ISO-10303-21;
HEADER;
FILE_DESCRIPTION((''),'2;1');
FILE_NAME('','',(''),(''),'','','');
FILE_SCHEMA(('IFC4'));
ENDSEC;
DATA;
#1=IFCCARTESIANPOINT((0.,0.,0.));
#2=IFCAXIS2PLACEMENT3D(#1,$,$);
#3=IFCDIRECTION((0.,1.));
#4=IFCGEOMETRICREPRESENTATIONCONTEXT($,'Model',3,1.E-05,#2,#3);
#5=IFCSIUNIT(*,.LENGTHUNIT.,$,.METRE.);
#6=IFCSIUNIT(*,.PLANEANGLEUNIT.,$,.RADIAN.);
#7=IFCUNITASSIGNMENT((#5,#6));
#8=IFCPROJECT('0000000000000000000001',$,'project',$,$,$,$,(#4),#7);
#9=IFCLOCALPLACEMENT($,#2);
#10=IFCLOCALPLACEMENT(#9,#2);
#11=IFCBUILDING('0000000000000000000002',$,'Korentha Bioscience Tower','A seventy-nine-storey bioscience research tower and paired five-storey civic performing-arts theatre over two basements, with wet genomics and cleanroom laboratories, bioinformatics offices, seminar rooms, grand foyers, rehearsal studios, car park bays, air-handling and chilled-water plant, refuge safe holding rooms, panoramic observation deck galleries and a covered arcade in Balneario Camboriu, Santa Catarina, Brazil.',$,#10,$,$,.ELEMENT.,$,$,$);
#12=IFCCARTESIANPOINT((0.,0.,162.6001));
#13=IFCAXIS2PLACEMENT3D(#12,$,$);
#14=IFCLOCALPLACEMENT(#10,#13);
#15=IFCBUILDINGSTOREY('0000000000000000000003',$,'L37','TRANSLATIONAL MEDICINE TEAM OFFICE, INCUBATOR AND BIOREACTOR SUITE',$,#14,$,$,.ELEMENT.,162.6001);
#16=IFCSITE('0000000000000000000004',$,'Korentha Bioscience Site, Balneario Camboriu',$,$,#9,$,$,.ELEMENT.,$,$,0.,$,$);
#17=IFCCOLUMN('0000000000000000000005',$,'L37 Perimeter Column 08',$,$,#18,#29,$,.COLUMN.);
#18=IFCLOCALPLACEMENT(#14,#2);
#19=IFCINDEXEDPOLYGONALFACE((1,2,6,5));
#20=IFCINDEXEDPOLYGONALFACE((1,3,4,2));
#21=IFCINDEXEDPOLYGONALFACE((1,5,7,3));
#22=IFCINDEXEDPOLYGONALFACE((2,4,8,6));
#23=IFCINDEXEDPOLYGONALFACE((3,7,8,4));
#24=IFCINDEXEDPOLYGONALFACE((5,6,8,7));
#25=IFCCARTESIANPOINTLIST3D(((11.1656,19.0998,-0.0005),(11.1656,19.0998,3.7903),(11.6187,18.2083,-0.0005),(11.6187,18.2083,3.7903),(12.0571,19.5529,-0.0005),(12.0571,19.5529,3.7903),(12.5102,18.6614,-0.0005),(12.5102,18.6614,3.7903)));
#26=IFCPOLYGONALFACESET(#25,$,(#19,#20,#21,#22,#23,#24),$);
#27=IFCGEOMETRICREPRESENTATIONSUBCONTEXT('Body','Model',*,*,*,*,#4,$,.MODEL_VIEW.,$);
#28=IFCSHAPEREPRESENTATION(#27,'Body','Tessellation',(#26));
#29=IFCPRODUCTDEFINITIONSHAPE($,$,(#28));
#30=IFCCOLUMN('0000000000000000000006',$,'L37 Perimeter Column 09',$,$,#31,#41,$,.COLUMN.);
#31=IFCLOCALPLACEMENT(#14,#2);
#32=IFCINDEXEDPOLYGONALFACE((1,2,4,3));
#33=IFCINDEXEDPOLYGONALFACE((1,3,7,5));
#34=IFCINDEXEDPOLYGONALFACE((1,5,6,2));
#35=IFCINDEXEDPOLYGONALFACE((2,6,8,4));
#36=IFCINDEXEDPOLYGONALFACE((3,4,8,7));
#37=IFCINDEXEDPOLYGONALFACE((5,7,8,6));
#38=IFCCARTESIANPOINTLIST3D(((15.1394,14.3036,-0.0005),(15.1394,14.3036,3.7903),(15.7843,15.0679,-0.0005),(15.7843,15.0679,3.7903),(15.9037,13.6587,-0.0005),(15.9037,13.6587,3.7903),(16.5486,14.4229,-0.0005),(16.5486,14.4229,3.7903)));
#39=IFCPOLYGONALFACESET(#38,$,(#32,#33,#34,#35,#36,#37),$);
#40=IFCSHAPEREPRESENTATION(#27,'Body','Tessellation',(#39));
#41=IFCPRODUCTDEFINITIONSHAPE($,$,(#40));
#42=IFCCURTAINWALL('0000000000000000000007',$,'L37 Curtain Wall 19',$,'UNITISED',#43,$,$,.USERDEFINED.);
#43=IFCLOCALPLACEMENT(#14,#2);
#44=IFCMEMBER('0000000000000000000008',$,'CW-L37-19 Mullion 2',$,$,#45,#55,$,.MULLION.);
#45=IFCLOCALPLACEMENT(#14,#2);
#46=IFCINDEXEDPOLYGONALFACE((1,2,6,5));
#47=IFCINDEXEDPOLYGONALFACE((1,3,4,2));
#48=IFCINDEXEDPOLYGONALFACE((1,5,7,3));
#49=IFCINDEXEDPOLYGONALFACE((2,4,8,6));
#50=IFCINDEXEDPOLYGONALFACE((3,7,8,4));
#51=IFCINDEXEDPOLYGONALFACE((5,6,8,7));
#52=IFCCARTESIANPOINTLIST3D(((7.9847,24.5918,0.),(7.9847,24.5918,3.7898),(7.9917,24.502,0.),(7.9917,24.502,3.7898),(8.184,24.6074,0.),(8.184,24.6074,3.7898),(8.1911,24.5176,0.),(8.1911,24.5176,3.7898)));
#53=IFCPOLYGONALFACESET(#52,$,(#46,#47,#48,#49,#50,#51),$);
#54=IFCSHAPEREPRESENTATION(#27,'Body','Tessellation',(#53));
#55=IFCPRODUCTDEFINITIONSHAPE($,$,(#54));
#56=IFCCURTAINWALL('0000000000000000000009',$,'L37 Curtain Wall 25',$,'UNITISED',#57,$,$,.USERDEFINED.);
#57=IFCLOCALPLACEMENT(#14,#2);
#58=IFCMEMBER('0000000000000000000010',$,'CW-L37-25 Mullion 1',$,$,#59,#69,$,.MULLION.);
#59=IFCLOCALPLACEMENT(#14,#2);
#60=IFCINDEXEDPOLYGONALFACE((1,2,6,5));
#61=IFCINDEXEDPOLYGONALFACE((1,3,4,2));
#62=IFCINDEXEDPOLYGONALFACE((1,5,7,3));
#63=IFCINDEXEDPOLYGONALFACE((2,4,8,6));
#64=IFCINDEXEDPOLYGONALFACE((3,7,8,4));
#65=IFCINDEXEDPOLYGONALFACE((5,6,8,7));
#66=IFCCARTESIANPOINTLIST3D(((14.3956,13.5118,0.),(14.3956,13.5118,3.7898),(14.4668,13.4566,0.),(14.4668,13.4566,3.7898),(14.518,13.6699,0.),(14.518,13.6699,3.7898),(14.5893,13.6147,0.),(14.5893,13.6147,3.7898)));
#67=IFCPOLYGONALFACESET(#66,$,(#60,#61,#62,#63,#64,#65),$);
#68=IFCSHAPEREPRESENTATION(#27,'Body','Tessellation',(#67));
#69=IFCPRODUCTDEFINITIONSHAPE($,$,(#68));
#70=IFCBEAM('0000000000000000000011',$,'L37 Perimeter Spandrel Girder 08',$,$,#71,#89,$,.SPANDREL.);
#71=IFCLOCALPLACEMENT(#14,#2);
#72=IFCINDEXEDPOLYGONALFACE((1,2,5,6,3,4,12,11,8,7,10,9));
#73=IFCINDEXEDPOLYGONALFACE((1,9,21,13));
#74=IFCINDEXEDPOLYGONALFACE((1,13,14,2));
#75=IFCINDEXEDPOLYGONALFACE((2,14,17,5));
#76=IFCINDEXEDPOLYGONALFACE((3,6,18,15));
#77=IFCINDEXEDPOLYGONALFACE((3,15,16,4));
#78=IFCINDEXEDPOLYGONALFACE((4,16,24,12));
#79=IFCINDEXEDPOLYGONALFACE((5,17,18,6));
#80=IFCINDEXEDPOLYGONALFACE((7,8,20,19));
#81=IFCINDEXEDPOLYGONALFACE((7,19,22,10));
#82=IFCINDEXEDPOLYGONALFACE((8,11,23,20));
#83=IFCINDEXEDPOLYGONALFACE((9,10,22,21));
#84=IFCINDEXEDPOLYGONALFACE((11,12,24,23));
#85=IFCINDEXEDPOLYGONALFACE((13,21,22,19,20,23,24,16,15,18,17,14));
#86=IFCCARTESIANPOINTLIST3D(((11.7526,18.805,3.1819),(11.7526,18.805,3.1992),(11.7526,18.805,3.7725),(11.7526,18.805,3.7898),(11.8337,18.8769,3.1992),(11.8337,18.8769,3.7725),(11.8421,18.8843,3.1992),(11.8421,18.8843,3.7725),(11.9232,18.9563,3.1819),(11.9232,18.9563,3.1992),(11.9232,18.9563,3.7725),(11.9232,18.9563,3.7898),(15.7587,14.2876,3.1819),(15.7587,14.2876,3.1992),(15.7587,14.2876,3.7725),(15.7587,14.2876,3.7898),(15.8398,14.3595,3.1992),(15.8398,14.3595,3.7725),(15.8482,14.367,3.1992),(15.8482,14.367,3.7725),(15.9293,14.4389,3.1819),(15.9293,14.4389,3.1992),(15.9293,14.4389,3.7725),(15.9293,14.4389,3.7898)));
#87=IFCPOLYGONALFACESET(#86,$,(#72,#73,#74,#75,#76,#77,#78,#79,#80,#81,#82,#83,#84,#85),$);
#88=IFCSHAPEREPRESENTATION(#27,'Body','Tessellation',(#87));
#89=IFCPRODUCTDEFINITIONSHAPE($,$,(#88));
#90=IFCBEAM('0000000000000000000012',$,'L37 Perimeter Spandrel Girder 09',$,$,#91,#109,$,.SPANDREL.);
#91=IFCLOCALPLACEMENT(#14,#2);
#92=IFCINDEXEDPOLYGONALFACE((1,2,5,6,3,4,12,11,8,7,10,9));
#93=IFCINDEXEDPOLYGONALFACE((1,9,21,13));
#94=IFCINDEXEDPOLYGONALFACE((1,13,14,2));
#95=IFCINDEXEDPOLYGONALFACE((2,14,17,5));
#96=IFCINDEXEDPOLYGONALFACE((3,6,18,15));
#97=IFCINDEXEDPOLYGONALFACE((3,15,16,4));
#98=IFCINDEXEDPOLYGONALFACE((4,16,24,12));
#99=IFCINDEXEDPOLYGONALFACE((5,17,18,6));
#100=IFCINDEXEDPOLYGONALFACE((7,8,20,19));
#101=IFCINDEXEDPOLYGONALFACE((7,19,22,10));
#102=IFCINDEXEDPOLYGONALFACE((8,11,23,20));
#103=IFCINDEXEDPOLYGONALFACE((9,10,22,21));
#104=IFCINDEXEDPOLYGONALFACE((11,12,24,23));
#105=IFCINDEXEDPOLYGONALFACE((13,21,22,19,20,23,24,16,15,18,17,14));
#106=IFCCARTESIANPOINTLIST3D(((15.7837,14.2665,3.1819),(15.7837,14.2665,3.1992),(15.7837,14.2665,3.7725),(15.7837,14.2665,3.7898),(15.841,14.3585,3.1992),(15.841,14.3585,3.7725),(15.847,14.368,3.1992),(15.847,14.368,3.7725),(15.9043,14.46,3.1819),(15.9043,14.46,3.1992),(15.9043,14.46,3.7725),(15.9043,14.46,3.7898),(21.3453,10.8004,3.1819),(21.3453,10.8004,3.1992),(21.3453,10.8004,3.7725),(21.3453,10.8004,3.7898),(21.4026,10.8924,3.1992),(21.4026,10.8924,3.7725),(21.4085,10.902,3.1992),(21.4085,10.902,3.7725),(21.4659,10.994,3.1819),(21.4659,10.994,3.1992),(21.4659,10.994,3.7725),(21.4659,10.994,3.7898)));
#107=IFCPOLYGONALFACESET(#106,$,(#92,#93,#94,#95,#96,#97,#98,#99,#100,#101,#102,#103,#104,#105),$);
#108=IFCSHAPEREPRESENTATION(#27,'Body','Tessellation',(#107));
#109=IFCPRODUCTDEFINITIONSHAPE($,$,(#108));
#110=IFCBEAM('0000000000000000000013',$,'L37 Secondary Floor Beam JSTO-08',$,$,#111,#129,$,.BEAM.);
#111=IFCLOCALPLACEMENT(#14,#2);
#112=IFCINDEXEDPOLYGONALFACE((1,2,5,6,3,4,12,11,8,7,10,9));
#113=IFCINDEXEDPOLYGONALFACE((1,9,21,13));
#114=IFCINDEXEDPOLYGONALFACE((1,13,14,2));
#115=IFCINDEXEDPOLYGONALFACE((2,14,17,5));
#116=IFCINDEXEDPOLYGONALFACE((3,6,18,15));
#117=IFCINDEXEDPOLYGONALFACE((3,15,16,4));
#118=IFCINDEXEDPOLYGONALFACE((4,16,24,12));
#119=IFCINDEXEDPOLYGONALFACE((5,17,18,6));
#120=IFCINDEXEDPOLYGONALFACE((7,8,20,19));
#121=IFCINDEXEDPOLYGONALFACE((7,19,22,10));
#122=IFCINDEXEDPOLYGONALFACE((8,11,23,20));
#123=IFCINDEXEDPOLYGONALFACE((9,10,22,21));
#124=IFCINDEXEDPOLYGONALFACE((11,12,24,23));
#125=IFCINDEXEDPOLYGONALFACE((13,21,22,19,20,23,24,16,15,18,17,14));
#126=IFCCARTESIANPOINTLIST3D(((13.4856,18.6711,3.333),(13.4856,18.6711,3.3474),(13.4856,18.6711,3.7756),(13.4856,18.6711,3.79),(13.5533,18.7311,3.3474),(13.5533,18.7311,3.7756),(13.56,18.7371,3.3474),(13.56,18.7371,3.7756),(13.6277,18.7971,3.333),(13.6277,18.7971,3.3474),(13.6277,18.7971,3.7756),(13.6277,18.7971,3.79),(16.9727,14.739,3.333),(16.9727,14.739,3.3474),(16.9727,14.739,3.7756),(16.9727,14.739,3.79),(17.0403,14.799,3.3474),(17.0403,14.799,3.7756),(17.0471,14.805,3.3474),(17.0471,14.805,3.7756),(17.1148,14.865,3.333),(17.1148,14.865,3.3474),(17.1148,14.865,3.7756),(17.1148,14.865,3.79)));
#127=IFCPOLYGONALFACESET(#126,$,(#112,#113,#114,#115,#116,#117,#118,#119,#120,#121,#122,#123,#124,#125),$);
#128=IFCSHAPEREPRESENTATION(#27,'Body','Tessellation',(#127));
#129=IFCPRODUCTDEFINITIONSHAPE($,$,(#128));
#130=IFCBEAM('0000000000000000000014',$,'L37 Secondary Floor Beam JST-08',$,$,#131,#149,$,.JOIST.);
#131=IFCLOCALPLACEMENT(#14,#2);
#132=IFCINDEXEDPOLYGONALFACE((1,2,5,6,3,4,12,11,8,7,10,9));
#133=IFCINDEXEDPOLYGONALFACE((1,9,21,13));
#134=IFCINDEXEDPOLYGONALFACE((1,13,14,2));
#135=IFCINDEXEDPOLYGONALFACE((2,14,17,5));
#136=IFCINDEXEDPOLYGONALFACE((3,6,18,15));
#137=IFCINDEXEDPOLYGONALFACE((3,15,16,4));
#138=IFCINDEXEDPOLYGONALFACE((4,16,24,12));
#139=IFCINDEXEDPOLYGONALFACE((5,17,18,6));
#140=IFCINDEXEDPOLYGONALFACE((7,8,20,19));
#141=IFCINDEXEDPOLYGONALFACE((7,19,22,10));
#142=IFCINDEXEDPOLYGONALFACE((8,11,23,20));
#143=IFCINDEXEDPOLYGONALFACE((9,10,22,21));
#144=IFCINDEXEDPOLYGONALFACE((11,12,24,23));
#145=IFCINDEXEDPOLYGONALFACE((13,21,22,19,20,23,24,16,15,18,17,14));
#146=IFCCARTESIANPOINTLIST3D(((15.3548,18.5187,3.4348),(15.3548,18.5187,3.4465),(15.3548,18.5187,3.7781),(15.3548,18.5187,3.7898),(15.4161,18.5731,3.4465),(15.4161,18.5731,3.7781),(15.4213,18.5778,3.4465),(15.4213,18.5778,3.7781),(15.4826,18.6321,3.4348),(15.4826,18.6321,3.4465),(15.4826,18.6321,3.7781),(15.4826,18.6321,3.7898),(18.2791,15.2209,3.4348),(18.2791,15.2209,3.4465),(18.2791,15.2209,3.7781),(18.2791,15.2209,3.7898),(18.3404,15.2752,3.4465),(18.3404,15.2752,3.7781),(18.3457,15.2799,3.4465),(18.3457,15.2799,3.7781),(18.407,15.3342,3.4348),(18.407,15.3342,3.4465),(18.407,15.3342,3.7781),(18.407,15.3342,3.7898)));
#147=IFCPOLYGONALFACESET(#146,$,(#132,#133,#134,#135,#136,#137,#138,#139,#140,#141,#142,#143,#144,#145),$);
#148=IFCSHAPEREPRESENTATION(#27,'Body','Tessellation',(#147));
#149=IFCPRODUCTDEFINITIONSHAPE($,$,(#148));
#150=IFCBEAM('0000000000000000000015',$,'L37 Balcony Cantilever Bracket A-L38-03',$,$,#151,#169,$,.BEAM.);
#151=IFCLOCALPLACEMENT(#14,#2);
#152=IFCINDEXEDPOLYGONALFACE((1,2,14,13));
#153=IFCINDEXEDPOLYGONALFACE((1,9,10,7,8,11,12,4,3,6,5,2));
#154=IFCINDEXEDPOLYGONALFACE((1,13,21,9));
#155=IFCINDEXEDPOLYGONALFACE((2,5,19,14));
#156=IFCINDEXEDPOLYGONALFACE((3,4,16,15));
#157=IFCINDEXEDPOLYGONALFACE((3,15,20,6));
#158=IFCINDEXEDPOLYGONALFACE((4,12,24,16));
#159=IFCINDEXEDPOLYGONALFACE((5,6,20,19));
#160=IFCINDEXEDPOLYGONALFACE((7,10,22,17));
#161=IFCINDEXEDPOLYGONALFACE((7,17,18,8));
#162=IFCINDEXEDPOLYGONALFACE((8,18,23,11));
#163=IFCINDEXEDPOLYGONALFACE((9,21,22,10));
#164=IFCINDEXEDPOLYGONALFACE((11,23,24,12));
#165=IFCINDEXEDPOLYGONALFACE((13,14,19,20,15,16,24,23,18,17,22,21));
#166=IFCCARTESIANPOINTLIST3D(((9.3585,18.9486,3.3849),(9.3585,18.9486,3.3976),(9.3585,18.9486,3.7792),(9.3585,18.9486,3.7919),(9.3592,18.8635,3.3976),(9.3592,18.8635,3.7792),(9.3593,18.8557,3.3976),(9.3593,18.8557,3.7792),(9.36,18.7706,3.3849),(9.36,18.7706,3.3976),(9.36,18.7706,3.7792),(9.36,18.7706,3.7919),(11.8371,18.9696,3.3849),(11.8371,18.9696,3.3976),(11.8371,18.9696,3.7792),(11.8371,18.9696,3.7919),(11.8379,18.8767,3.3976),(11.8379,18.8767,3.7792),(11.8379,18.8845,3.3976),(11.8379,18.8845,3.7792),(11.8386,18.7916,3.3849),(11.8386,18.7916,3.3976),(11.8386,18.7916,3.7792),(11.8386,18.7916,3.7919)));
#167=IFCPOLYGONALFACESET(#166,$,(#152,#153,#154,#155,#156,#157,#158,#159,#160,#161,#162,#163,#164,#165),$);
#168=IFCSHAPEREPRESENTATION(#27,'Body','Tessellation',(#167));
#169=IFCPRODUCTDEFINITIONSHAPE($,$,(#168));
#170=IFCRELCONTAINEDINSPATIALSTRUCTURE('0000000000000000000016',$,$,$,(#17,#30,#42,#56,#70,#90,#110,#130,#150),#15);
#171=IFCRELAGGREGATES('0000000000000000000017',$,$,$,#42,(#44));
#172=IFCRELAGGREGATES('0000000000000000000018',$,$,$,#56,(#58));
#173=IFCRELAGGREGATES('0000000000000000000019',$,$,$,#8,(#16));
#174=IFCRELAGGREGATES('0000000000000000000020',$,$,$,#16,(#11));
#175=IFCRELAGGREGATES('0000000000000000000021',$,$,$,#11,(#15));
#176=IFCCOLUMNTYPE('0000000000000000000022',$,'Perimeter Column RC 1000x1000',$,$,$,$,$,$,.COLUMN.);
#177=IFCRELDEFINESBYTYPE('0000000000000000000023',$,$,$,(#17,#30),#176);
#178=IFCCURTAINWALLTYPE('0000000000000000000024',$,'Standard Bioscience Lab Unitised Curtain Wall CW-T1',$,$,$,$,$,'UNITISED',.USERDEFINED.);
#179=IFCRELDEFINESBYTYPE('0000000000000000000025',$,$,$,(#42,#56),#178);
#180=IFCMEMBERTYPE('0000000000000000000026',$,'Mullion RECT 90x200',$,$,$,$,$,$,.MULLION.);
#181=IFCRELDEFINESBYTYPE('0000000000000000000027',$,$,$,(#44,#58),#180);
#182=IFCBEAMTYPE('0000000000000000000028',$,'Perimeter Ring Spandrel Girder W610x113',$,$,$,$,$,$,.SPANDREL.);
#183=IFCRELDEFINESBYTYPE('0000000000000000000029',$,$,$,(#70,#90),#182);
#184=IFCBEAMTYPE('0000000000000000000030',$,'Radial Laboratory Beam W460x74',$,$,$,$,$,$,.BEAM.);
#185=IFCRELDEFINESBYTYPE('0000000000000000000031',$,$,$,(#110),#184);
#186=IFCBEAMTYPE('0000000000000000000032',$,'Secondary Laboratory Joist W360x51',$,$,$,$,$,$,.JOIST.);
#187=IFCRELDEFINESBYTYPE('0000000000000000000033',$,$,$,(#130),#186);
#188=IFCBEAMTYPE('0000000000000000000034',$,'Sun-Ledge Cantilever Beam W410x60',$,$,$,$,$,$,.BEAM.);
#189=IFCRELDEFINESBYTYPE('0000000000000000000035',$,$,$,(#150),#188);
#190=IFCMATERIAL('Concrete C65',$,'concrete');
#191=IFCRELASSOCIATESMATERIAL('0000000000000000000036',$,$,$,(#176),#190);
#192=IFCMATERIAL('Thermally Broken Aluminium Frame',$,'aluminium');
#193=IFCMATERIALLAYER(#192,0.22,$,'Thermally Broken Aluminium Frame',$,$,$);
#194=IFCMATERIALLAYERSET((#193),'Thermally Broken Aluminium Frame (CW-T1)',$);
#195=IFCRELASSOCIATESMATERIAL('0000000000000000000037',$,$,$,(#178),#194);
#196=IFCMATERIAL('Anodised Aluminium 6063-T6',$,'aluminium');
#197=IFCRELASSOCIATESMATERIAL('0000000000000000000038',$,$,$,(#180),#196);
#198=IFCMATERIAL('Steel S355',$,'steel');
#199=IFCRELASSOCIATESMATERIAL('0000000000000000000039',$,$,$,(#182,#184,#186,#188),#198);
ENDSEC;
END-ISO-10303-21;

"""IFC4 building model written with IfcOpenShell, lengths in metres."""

from ifc_helpers import new_model, si_unit, direction, frame, origin, origin_2d, place, context, subcontext, project, spatial, rectangle, i_section, extrude, material, layer, layer_set, material_profile, profile_set, type_object, element, aggregate, save


model = new_model("IFC4")

# Units and contexts
model_context = context("Model", 3, precision=1e-05, world=origin(), true_north=direction((0.0, 1.0)))
body_context = subcontext(model_context, "Body", "Model", "MODEL_VIEW")
ifc_project = project(units=[si_unit("LENGTHUNIT", "METRE"), si_unit("PLANEANGLEUNIT", "RADIAN")], contexts=[model_context])

# Site, building, storey
site_placement = place(None, origin())
site = spatial("IfcSite", under=ifc_project, at=site_placement, Name="Korentha Bioscience Site, Balneario Camboriu", CompositionType="ELEMENT", RefElevation=0.0)
building_placement = place(site_placement, origin())
building = spatial("IfcBuilding", under=site, at=building_placement, Name="Korentha Bioscience Tower", Description="A seventy-nine-storey bioscience research tower and paired five-storey civic performing-arts theatre over two basements, with wet genomics and cleanroom laboratories, bioinformatics offices, seminar rooms, grand foyers, rehearsal studios, car park bays, air-handling and chilled-water plant, refuge safe holding rooms, panoramic observation deck galleries and a covered arcade in Balneario Camboriu, Santa Catarina, Brazil.", CompositionType="ELEMENT")
storey_placement = place(building_placement, frame((0.0, 0.0, 162.6001)))
storey = spatial("IfcBuildingStorey", under=building, at=storey_placement, Name="L37", Description="TRANSLATIONAL MEDICINE TEAM OFFICE, INCUBATOR AND BIOREACTOR SUITE", CompositionType="ELEMENT", Elevation=162.6001)

# Columns
ifc_material_1 = material(Name="Concrete C65", Category="concrete")
ifc_material_profile_1 = material_profile(ifc_material_1, rectangle(XDim=1.0, YDim=1.0, at=origin_2d()), Name="Concrete C65")
ifc_profile_set_1 = profile_set([ifc_material_profile_1], Name="Concrete C65 (COL-P10)")
column_type = type_object("IfcColumnType", Name="Perimeter Column RC 1000x1000", PredefinedType="COLUMN", material=ifc_profile_set_1)
for number, where, z_axis, x_axis, name in (
    (1, (11.8379, 18.8806, -0.0005), (0.0, 0.0, 1.0), (-0.453057, 0.891481, 0.0), "L37 Perimeter Column 08"),
    (2, (15.844, 14.3633, -0.0005), (0.0, 0.0, 1.0), (-0.764246, 0.644924, 0.0), "L37 Perimeter Column 09"),
):
    element("IfcColumn", number, at=place(storey_placement, frame(where, z_axis=z_axis, x_axis=x_axis)), inside=storey, type_object=column_type, Name=name, PredefinedType="COLUMN", context=body_context, shape_type="SweptSolid", body=[
        extrude(rectangle(XDim=1.0, YDim=1.0, at=origin_2d()), origin(), (0.0, 0.0, 1.0), 3.7908),
    ])

# Curtain walls, members
ifc_material_2 = material(Name="Thermally Broken Aluminium Frame", Category="aluminium")
ifc_layer_1 = layer(ifc_material_2, 0.22, Name="Thermally Broken Aluminium Frame")
ifc_layer_set_1 = layer_set([ifc_layer_1], Name="Thermally Broken Aluminium Frame (CW-T1)")
curtain_wall_type = type_object("IfcCurtainWallType", Name="Standard Bioscience Lab Unitised Curtain Wall CW-T1", ElementType="UNITISED", PredefinedType="USERDEFINED", material=ifc_layer_set_1)
curtain_wall_1_placement = place(storey_placement, origin())
curtain_wall_1 = element("IfcCurtainWall", 3, at=curtain_wall_1_placement, inside=storey, type_object=curtain_wall_type, Name="L37 Curtain Wall 19", ObjectType="UNITISED", PredefinedType="USERDEFINED")
ifc_material_3 = material(Name="Anodised Aluminium 6063-T6", Category="aluminium")
ifc_material_profile_2 = material_profile(ifc_material_3, rectangle(XDim=0.0901, YDim=0.2, at=origin_2d()), Name="Anodised Aluminium 6063-T6")
ifc_profile_set_2 = profile_set([ifc_material_profile_2], Name="Anodised Aluminium 6063-T6 (CW-MUL)")
member_type_1 = type_object("IfcMemberType", Name="Mullion RECT 90x200", PredefinedType="MULLION", material=ifc_profile_set_2)
member_1_placement = place(storey_placement, frame((8.0879, 24.5547, 0.0), z_axis=(0.0, 0.0, 1.0), x_axis=(0.078031, -0.996951, 0.0)))
member_1 = element("IfcMember", 4, at=member_1_placement, type_object=member_type_1, Name="CW-L37-19 Mullion 2", PredefinedType="MULLION", context=body_context, shape_type="SweptSolid", body=[
    extrude(rectangle(XDim=0.0901, YDim=0.2, at=origin_2d()), origin(), (0.0, 0.0, 1.0), 3.7898),
])
aggregate(curtain_wall_1, [member_1])
curtain_wall_2_placement = place(storey_placement, origin())
curtain_wall_2 = element("IfcCurtainWall", 5, at=curtain_wall_2_placement, inside=storey, type_object=curtain_wall_type, Name="L37 Curtain Wall 25", ObjectType="UNITISED", PredefinedType="USERDEFINED")
member_2_placement = place(storey_placement, frame((14.4924, 13.5632, 0.0), z_axis=(0.0, 0.0, 1.0), x_axis=(0.790547, -0.612402, 0.0)))
member_2 = element("IfcMember", 6, at=member_2_placement, type_object=member_type_1, Name="CW-L37-25 Mullion 1", PredefinedType="MULLION", context=body_context, shape_type="SweptSolid", body=[
    extrude(rectangle(XDim=0.0901, YDim=0.2, at=origin_2d()), origin(), (0.0, 0.0, 1.0), 3.7898),
])

# Beams
ifc_material_4 = material(Name="Steel S355", Category="steel")
ifc_material_profile_3 = material_profile(ifc_material_4, i_section(OverallWidth=0.228, OverallDepth=0.6079, WebThickness=0.0112, FlangeThickness=0.0173, at=origin_2d()), Name="Steel S355")
ifc_profile_set_3 = profile_set([ifc_material_profile_3], Name="Steel S355 (SB-610)")
beam_type_1 = type_object("IfcBeamType", Name="Perimeter Ring Spandrel Girder W610x113", PredefinedType="SPANDREL", material=ifc_profile_set_3)
beam_1_placement = place(storey_placement, frame((11.8379, 18.8806, 3.4858), z_axis=(0.663503, -0.748174, 0.0), x_axis=(0.748174, 0.663503, 0.0)))
element("IfcBeam", 7, at=beam_1_placement, inside=storey, type_object=beam_type_1, Name="L37 Perimeter Spandrel Girder 08", PredefinedType="SPANDREL", context=body_context, shape_type="SweptSolid", body=[
    extrude(i_section(OverallWidth=0.228, OverallDepth=0.6079, WebThickness=0.0112, FlangeThickness=0.0173, at=origin_2d()), origin(), (0.0, 0.0, 1.0), 6.0378),
])
beam_2_placement = place(storey_placement, frame((15.844, 14.3633, 3.4858), z_axis=(0.848676, -0.528913, 0.0), x_axis=(0.528913, 0.848676, 0.0)))
element("IfcBeam", 8, at=beam_2_placement, inside=storey, type_object=beam_type_1, Name="L37 Perimeter Spandrel Girder 09", PredefinedType="SPANDREL", context=body_context, shape_type="SweptSolid", body=[
    extrude(i_section(OverallWidth=0.228, OverallDepth=0.6079, WebThickness=0.0112, FlangeThickness=0.0173, at=origin_2d()), origin(), (0.0, 0.0, 1.0), 6.5532),
])
ifc_material_profile_4 = material_profile(ifc_material_4, i_section(OverallWidth=0.1899, OverallDepth=0.457, WebThickness=0.009, FlangeThickness=0.0144, at=origin_2d()), Name="Steel S355")
ifc_profile_set_4 = profile_set([ifc_material_profile_4], Name="Steel S355 (RB-460)")
beam_type_2 = type_object("IfcBeamType", Name="Radial Laboratory Beam W460x74", PredefinedType="BEAM", material=ifc_profile_set_4)
beam_3_placement = place(storey_placement, frame((13.5566, 18.7341, 3.5615), z_axis=(0.663496, -0.74818, 0.0), x_axis=(0.74818, 0.663496, 0.0)))
element("IfcBeam", 9, at=beam_3_placement, inside=storey, type_object=beam_type_2, Name="L37 Secondary Floor Beam JSTO-08", PredefinedType="BEAM", context=body_context, shape_type="SweptSolid", body=[
    extrude(i_section(OverallWidth=0.1899, OverallDepth=0.457, WebThickness=0.009, FlangeThickness=0.0144, at=origin_2d()), origin(), (0.0, 0.0, 1.0), 5.2556),
])
ifc_material_profile_5 = material_profile(ifc_material_4, i_section(OverallWidth=0.1709, OverallDepth=0.355, WebThickness=0.0071, FlangeThickness=0.0117, at=origin_2d()), Name="Steel S355")
ifc_profile_set_5 = profile_set([ifc_material_profile_5], Name="Steel S355 (JB-360)")
beam_type_3 = type_object("IfcBeamType", Name="Secondary Laboratory Joist W360x51", PredefinedType="JOIST", material=ifc_profile_set_5)
beam_4_placement = place(storey_placement, frame((15.4187, 18.5754, 3.6123), z_axis=(0.663463, -0.748209, 0.0), x_axis=(0.748209, 0.663463, 0.0)))
element("IfcBeam", 10, at=beam_4_placement, inside=storey, type_object=beam_type_3, Name="L37 Secondary Floor Beam JST-08", PredefinedType="JOIST", context=body_context, shape_type="SweptSolid", body=[
    extrude(i_section(OverallWidth=0.1709, OverallDepth=0.355, WebThickness=0.0071, FlangeThickness=0.0117, at=origin_2d()), origin(), (0.0, 0.0, 1.0), 4.4077),
])
ifc_material_profile_6 = material_profile(ifc_material_4, i_section(OverallWidth=0.178, OverallDepth=0.407, WebThickness=0.0078, FlangeThickness=0.0127, at=origin_2d()), Name="Steel S355")
ifc_profile_set_6 = profile_set([ifc_material_profile_6], Name="Steel S355 (CB-410)")
beam_type_4 = type_object("IfcBeamType", Name="Sun-Ledge Cantilever Beam W410x60", PredefinedType="BEAM", material=ifc_profile_set_6)
beam_5_placement = place(storey_placement, frame((11.8379, 18.8806, 3.5884), z_axis=(-0.999964, -0.00847, 0.0), x_axis=(0.00847, -0.999964, 0.0)))
element("IfcBeam", 11, at=beam_5_placement, inside=storey, type_object=beam_type_4, Name="L37 Balcony Cantilever Bracket A-L38-03", PredefinedType="BEAM", context=body_context, shape_type="SweptSolid", body=[
    extrude(i_section(OverallWidth=0.178, OverallDepth=0.407, WebThickness=0.0078, FlangeThickness=0.0127, at=origin_2d()), origin(), (0.0, 0.0, 1.0), 2.4788),
])

aggregate(curtain_wall_2, [member_2])

save(model, "model.ifc")
